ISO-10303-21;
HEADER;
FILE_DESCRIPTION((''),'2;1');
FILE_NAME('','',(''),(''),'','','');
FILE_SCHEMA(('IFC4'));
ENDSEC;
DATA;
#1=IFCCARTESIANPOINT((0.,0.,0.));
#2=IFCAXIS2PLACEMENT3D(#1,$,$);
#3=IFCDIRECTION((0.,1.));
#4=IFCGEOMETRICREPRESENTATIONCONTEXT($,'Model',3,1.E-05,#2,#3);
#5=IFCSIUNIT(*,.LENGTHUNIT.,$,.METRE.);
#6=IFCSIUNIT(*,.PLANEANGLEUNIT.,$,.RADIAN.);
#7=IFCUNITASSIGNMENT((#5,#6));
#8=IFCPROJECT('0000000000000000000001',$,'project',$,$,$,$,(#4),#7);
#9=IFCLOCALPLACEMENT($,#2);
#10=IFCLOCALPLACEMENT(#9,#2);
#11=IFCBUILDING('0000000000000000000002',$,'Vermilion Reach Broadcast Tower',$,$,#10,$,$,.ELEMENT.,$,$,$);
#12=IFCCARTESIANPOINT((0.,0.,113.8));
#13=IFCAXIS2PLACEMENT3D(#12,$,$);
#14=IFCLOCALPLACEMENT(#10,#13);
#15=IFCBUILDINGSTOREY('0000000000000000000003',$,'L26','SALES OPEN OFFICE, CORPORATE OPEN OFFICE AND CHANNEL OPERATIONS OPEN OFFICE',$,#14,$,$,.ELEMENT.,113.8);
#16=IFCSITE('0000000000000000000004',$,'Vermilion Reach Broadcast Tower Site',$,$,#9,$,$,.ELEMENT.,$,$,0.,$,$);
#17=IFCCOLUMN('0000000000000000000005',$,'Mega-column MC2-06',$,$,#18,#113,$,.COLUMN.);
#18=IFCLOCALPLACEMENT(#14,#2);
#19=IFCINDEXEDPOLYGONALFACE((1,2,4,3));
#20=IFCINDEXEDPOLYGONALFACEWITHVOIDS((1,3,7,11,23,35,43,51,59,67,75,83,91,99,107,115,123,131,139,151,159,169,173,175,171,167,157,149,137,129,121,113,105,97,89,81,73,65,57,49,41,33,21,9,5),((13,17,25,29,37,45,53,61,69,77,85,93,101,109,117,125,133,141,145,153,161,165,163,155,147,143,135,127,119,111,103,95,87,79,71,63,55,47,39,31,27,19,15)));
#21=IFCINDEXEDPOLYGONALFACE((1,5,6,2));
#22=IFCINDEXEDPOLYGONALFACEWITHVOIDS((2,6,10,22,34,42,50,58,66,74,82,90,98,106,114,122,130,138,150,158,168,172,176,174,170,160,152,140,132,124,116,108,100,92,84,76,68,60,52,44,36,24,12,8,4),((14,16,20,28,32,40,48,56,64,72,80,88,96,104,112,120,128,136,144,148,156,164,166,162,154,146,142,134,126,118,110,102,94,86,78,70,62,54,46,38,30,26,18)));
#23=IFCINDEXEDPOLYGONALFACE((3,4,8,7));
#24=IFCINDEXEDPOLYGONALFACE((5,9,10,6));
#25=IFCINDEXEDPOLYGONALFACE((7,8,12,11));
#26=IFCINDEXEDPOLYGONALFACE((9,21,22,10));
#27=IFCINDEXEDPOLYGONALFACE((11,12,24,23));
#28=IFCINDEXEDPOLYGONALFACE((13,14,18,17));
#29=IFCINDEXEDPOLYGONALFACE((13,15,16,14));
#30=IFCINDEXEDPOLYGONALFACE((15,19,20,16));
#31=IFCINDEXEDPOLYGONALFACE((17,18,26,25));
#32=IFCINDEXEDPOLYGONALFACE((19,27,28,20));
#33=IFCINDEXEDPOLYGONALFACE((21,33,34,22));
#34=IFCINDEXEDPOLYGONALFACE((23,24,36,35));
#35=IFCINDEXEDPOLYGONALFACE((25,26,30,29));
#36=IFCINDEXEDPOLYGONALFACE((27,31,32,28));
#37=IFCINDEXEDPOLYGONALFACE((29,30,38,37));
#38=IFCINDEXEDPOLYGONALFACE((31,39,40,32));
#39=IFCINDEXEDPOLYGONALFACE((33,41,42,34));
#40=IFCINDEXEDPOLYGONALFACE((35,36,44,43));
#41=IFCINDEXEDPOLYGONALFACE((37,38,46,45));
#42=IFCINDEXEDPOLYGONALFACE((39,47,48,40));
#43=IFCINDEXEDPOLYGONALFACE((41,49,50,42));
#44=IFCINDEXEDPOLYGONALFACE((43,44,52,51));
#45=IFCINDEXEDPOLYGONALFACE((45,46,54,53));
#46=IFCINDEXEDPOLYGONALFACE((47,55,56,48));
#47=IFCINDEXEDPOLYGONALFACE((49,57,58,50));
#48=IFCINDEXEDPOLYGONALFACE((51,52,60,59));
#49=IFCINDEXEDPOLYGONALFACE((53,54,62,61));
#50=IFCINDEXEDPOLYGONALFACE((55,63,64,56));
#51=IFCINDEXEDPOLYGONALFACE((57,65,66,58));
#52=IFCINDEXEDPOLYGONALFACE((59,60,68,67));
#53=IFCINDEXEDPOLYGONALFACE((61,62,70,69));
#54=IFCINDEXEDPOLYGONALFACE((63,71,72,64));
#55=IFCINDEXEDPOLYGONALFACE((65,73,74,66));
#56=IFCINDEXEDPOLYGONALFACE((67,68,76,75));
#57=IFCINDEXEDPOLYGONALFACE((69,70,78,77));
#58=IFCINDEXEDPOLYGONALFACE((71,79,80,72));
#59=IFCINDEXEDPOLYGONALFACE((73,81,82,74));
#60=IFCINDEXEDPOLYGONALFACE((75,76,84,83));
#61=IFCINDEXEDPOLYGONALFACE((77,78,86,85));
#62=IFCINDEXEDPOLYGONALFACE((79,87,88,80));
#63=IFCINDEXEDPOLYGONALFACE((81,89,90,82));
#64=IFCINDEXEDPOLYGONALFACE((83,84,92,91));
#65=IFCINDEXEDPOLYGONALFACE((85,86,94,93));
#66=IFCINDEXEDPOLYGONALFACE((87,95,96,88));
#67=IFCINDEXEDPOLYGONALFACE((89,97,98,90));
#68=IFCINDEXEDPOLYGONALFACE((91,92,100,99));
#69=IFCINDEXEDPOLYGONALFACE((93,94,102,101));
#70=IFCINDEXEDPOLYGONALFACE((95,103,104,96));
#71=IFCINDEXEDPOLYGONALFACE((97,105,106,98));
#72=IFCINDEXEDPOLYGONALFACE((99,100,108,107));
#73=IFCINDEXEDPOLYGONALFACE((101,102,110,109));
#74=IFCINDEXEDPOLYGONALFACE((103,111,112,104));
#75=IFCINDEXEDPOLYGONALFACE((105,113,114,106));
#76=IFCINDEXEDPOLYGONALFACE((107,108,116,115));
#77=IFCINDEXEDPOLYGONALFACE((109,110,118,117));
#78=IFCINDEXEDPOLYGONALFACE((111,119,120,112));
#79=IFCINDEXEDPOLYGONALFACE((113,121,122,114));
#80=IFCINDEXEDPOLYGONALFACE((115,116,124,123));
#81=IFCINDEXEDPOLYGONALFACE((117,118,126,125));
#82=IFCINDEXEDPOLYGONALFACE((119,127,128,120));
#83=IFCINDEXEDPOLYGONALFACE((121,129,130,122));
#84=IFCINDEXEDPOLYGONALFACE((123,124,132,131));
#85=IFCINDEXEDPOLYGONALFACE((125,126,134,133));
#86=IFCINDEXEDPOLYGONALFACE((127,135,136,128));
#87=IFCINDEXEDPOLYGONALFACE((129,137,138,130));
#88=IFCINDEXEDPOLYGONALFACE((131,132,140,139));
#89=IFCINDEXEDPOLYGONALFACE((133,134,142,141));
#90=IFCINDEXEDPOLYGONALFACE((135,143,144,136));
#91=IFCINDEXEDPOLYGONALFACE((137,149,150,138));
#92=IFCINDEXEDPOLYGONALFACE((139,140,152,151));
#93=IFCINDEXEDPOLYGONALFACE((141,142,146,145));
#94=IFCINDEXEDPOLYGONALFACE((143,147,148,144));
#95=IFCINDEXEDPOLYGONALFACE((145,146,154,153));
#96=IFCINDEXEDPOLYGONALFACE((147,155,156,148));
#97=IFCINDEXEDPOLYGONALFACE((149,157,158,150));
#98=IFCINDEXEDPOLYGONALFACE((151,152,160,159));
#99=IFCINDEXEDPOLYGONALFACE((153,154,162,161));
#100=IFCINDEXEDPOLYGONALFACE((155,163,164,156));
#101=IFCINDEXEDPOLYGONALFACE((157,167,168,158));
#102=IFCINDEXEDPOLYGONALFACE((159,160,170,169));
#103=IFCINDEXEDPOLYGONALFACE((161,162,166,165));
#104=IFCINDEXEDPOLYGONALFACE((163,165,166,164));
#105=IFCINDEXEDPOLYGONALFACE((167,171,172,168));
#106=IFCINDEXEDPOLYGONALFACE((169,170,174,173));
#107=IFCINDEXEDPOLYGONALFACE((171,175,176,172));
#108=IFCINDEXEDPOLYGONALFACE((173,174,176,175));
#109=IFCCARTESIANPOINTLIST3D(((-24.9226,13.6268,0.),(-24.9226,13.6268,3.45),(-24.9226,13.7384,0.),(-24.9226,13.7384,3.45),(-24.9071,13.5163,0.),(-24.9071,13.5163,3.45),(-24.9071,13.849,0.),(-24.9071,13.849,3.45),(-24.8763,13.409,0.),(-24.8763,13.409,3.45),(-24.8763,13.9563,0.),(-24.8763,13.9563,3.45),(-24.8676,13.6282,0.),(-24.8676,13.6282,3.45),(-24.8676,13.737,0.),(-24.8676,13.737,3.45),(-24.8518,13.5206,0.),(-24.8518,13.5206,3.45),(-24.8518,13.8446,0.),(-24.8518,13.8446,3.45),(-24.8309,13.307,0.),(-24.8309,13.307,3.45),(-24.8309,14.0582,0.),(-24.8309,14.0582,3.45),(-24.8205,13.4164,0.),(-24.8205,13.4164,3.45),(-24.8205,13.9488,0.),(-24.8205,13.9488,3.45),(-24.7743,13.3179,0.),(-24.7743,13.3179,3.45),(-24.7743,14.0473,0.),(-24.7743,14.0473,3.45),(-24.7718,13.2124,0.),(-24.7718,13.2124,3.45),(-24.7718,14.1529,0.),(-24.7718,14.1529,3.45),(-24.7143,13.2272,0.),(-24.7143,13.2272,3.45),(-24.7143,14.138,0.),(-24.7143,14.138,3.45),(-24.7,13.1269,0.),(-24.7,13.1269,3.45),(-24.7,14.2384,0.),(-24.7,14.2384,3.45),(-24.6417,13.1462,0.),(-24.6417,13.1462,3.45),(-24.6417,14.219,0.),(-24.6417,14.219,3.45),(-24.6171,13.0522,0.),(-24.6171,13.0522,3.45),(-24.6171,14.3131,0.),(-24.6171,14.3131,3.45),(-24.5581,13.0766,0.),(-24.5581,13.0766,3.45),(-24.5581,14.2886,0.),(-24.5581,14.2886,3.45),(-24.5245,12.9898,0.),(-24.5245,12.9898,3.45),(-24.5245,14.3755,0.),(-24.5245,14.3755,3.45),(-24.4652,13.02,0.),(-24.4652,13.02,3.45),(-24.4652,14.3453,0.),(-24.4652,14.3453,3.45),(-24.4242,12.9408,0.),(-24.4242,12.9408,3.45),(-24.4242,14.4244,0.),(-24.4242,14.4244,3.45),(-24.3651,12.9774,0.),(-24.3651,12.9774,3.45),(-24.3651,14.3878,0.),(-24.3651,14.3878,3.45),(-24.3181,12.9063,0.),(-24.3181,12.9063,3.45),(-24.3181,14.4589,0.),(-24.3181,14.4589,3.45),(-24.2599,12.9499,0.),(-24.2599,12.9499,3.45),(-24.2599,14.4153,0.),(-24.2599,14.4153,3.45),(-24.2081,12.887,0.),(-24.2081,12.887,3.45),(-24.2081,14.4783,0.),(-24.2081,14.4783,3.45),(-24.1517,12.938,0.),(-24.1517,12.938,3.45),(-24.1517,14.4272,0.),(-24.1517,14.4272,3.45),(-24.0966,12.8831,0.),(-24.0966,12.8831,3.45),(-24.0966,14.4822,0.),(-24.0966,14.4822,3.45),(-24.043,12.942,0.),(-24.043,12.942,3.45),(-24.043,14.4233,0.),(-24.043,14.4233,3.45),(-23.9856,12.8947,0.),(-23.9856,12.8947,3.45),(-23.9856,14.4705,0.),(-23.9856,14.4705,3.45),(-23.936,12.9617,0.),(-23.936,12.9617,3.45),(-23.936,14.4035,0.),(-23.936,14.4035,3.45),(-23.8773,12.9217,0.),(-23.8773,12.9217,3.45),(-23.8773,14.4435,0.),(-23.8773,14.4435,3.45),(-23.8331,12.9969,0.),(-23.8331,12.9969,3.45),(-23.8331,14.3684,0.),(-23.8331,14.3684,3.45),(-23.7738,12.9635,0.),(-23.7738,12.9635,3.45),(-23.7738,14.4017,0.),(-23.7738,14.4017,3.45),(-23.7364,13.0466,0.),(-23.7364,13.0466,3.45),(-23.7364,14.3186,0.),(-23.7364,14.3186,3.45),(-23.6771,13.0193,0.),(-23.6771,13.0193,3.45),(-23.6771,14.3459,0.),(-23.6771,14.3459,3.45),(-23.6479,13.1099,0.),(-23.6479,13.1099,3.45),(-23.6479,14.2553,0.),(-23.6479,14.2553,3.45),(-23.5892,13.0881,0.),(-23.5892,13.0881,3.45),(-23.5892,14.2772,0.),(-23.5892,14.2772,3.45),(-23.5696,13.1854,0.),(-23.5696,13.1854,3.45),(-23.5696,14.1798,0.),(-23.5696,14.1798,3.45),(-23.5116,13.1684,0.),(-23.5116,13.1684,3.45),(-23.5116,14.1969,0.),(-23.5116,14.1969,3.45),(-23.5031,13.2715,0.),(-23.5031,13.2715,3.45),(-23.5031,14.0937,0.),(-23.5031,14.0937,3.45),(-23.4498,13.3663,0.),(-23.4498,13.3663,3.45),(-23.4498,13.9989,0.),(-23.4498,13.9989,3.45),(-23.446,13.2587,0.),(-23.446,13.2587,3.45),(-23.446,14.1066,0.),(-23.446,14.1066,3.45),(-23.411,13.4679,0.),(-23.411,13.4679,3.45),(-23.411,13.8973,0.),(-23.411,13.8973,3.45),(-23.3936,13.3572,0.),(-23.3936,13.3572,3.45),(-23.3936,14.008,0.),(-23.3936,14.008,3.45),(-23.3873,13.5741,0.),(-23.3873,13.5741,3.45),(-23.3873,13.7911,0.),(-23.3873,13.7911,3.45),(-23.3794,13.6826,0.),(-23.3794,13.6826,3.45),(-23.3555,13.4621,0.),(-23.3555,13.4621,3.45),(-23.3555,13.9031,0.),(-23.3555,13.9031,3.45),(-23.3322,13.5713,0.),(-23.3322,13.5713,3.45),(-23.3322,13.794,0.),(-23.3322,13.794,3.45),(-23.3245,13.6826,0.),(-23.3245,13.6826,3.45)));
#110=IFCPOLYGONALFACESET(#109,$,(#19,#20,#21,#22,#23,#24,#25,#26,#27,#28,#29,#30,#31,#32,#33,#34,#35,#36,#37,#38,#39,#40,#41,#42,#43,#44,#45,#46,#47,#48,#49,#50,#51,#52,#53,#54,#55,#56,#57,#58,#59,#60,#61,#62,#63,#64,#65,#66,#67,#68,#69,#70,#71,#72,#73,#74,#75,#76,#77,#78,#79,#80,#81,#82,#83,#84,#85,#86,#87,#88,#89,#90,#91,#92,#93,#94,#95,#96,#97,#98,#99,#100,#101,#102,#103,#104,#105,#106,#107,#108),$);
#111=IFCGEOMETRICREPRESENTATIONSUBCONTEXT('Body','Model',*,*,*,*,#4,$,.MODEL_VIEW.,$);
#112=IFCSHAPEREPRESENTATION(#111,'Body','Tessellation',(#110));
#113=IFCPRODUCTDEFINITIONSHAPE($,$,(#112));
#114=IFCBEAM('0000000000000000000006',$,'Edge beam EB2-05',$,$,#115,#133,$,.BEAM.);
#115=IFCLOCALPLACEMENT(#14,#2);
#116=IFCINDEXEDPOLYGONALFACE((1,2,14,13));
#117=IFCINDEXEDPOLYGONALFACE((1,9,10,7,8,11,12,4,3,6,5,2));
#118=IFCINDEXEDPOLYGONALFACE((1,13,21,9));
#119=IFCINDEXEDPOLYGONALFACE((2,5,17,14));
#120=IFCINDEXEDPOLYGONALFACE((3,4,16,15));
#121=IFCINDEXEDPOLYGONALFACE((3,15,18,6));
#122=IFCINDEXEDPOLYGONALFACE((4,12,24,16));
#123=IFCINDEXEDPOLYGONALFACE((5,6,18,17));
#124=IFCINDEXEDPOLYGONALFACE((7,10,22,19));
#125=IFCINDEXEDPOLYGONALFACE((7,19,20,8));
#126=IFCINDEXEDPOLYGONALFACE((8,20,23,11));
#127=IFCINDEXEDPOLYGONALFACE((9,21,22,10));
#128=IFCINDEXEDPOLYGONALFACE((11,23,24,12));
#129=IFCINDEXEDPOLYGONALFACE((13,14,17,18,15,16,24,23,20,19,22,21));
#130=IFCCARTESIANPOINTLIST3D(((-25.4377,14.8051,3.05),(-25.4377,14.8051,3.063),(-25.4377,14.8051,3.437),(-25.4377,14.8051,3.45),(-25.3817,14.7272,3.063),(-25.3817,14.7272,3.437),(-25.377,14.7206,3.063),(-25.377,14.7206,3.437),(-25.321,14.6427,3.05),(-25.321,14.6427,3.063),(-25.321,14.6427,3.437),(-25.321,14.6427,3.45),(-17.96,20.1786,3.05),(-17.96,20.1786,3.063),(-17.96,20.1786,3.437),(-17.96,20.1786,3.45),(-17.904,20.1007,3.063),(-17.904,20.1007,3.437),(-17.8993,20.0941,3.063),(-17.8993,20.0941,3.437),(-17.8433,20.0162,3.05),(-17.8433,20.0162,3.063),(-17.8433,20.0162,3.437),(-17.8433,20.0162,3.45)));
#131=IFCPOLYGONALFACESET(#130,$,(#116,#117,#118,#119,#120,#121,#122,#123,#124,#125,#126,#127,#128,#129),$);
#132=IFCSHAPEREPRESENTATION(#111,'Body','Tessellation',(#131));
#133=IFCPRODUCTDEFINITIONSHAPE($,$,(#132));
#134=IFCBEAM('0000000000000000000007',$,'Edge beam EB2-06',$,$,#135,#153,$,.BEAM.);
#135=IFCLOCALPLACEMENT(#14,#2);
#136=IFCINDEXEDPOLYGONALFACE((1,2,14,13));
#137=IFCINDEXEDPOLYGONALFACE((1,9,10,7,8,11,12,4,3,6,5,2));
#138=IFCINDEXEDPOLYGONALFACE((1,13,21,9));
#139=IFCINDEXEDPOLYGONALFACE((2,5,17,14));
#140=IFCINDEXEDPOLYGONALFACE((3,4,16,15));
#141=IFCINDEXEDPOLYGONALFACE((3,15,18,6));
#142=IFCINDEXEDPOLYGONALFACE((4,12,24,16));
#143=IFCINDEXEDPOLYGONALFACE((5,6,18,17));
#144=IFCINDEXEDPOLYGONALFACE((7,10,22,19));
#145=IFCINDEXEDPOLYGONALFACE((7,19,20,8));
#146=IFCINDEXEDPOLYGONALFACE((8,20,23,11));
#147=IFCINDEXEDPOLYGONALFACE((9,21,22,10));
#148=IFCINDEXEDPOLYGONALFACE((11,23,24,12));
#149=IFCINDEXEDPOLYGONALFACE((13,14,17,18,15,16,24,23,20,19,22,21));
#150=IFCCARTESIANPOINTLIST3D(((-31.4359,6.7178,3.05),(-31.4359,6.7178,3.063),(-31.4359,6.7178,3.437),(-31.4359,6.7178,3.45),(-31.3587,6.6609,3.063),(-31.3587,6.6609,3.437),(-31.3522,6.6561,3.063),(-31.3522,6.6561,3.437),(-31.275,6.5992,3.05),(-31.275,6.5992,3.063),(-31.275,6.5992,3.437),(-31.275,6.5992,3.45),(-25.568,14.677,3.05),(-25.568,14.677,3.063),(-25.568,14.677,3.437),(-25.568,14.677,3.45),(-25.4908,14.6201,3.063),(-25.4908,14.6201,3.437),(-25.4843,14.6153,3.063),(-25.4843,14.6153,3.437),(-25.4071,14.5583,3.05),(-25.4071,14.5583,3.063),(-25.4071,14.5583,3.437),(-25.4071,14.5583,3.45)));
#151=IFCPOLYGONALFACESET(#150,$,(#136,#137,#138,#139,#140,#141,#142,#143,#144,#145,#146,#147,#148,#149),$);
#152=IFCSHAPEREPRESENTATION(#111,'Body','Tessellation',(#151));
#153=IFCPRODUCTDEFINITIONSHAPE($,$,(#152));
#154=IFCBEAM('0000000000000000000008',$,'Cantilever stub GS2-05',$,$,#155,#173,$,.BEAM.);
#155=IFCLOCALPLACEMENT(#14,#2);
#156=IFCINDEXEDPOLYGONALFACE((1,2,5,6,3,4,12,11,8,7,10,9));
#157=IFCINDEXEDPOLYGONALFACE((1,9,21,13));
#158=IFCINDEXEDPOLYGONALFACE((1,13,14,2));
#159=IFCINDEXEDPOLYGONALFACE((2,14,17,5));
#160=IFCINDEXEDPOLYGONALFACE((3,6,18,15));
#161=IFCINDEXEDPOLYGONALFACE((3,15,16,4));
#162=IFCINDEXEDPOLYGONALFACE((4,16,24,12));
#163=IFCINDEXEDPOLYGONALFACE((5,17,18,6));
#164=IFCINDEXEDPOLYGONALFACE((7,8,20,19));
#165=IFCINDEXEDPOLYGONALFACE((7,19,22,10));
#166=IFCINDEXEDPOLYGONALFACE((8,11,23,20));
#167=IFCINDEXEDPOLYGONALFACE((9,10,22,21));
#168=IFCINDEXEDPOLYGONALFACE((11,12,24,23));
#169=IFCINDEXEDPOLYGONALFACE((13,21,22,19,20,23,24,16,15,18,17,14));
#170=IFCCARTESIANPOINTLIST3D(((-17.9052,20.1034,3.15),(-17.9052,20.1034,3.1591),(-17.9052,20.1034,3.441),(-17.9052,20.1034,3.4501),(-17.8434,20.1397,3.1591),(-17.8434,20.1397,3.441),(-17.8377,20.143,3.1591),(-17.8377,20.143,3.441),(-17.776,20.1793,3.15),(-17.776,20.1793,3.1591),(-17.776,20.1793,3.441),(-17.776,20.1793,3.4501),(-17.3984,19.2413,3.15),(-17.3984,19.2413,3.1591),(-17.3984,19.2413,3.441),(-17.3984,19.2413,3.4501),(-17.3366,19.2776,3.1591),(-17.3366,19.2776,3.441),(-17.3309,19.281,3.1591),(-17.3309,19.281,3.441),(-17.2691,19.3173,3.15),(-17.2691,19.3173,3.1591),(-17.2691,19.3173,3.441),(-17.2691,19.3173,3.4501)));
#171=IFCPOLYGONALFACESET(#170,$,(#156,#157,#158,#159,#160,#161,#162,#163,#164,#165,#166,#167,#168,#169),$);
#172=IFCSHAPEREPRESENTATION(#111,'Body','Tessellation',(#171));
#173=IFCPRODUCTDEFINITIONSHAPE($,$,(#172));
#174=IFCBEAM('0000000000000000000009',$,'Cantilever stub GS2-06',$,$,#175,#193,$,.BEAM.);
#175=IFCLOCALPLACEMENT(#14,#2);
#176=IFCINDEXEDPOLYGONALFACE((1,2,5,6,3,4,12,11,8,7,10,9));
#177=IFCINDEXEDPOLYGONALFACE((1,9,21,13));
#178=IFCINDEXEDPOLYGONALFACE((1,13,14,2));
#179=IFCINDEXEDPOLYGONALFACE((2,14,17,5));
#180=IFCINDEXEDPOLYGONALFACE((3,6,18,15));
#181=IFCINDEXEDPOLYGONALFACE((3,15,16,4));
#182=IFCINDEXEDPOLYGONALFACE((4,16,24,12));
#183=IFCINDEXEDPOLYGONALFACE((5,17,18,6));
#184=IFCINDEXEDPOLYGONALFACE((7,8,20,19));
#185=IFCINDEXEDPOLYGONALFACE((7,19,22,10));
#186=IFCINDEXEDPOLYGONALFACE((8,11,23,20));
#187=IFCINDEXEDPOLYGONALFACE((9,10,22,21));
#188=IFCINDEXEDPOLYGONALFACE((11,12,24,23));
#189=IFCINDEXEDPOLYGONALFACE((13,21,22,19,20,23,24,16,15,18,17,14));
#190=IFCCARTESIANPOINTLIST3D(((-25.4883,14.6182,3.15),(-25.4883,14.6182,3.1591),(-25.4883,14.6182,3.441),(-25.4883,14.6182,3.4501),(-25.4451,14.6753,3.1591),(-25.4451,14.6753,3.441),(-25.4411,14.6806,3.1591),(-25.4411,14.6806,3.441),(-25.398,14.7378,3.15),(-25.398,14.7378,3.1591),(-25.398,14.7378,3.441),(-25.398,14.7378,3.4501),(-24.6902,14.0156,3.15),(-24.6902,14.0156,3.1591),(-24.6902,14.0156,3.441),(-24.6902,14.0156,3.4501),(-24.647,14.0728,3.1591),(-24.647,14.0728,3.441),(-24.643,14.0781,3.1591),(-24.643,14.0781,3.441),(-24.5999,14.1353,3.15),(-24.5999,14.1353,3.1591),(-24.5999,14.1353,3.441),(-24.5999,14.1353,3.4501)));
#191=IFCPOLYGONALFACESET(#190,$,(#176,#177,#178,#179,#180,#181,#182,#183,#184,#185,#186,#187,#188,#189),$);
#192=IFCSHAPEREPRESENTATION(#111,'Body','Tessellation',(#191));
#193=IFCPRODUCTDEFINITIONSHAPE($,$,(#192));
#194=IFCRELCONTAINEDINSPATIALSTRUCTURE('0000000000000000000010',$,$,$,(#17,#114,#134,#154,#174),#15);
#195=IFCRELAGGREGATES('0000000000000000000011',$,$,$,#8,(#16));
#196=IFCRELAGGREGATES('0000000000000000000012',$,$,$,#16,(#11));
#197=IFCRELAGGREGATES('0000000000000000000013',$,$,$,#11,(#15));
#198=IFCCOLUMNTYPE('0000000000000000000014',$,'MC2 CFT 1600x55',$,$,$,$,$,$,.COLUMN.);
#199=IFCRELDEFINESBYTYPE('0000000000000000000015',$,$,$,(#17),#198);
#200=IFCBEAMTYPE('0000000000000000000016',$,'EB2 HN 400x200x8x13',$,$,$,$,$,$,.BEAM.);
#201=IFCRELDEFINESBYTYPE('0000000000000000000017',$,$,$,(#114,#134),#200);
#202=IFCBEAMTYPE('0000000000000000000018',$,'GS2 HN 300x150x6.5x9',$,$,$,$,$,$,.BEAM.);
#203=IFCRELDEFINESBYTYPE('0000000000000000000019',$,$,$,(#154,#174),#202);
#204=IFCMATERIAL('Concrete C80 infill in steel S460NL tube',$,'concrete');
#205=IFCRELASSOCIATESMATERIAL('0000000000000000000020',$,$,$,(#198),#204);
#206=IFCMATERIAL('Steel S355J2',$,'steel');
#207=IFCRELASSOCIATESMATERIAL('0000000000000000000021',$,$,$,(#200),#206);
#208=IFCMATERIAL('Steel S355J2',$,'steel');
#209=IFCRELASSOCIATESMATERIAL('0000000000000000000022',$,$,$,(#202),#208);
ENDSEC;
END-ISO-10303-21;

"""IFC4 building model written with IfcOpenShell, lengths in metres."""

from ifc_helpers import new_model, si_unit, direction, frame, origin, origin_2d, place, context, subcontext, project, spatial, hollow_circle, i_section, extrude, material, material_profile, profile_set, type_object, element, save


model = new_model("IFC4")

# Units and contexts
model_context = context("Model", 3, precision=1e-05, world=origin(), true_north=direction((0.0, 1.0)))
body_context = subcontext(model_context, "Body", "Model", "MODEL_VIEW")
ifc_project = project(units=[si_unit("LENGTHUNIT", "METRE"), si_unit("PLANEANGLEUNIT", "RADIAN")], contexts=[model_context])

# Site, building, storey
site_placement = place(None, origin())
site = spatial("IfcSite", under=ifc_project, at=site_placement, Name="Vermilion Reach Broadcast Tower Site", CompositionType="ELEMENT", RefElevation=0.0)
building_placement = place(site_placement, origin())
building = spatial("IfcBuilding", under=site, at=building_placement, Name="Vermilion Reach Broadcast Tower", CompositionType="ELEMENT")
storey_placement = place(building_placement, frame((0.0, 0.0, 113.8)))
storey = spatial("IfcBuildingStorey", under=building, at=storey_placement, Name="L26", Description="SALES OPEN OFFICE, CORPORATE OPEN OFFICE AND CHANNEL OPERATIONS OPEN OFFICE", CompositionType="ELEMENT", Elevation=113.8)

# Column
ifc_material_1 = material(Name="Concrete C80 infill in steel S460NL tube", Category="concrete")
ifc_material_profile_1 = material_profile(ifc_material_1, hollow_circle(Radius=0.8, WallThickness=0.0549, at=origin_2d()), Name="Concrete C80 infill in steel S460NL tube CFT 1600x55")
ifc_profile_set_1 = profile_set([ifc_material_profile_1], Name="Concrete C80 infill in steel S460NL tube")
column_type = type_object("IfcColumnType", Name="MC2 CFT 1600x55", PredefinedType="COLUMN", material=ifc_profile_set_1)
column_placement = place(storey_placement, frame((-24.1245, 13.6826, 0.0), z_axis=(0.0, 0.0, 1.0), x_axis=(1.0, 0.0, 0.0)))
element("IfcColumn", 1, at=column_placement, inside=storey, type_object=column_type, Name="Mega-column MC2-06", PredefinedType="COLUMN", context=body_context, shape_type="SweptSolid", body=[
    extrude(hollow_circle(Radius=0.8, WallThickness=0.0549, at=origin_2d()), origin(), (0.0, 0.0, 1.0), 3.45),
])

# Beams
ifc_material_2 = material(Name="Steel S355J2", Category="steel")
ifc_material_profile_2 = material_profile(ifc_material_2, i_section(OverallWidth=0.2, OverallDepth=0.3999, WebThickness=0.0081, FlangeThickness=0.0129, at=origin_2d()), Name="S355J2 HN 400x200x8x13")
ifc_profile_set_2 = profile_set([ifc_material_profile_2], Name="Steel S355J2")
beam_type_1 = type_object("IfcBeamType", Name="EB2 HN 400x200x8x13", PredefinedType="BEAM", material=ifc_profile_set_2)
beam_1_placement = place(storey_placement, frame((-17.9016, 20.0974, 3.25), z_axis=(-0.812073, -0.583556, 0.0), x_axis=(0.583556, -0.812073, 0.0)))
element("IfcBeam", 2, at=beam_1_placement, inside=storey, type_object=beam_type_1, Name="Edge beam EB2-05", PredefinedType="BEAM", context=body_context, shape_type="SweptSolid", body=[
    extrude(i_section(OverallWidth=0.2, OverallDepth=0.3999, WebThickness=0.0081, FlangeThickness=0.0129, at=origin_2d()), origin(), (0.0, 0.0, 1.0), 9.2083),
])
beam_2_placement = place(storey_placement, frame((-25.4875, 14.6177, 3.25), z_axis=(-0.59341, -0.8049, 0.0), x_axis=(0.8049, -0.59341, 0.0)))
element("IfcBeam", 3, at=beam_2_placement, inside=storey, type_object=beam_type_1, Name="Edge beam EB2-06", PredefinedType="BEAM", context=body_context, shape_type="SweptSolid", body=[
    extrude(i_section(OverallWidth=0.2, OverallDepth=0.3999, WebThickness=0.0081, FlangeThickness=0.0129, at=origin_2d()), origin(), (0.0, 0.0, 1.0), 9.8884),
])
ifc_material_3 = material(Name="Steel S355J2", Category="steel")
ifc_material_profile_3 = material_profile(ifc_material_3, i_section(OverallWidth=0.1499, OverallDepth=0.3, WebThickness=0.0066, FlangeThickness=0.009, at=origin_2d()), Name="S355J2 HN 300x150x6.5x9")
ifc_profile_set_3 = profile_set([ifc_material_profile_3], Name="Steel S355J2")
beam_type_2 = type_object("IfcBeamType", Name="GS2 HN 300x150x6.5x9", PredefinedType="BEAM", material=ifc_profile_set_3)
for number, where, z_axis, x_axis, name in (
    (4, (-17.3337, 19.2793, 3.3), (-0.506828, 0.862047, 0.0), (-0.862047, -0.506828, 0.0), "Cantilever stub GS2-05"),
    (5, (-24.645, 14.0754, 3.3), (-0.798092, 0.602536, 0.0), (-0.602536, -0.798092, 0.0), "Cantilever stub GS2-06"),
):
    element("IfcBeam", number, at=place(storey_placement, frame(where, z_axis=z_axis, x_axis=x_axis)), inside=storey, type_object=beam_type_2, Name=name, PredefinedType="BEAM", context=body_context, shape_type="SweptSolid", body=[
        extrude(i_section(OverallWidth=0.1499, OverallDepth=0.3, WebThickness=0.0066, FlangeThickness=0.009, at=origin_2d()), origin(), (0.0, 0.0, 1.0), 1.0),
    ])

save(model, "model.ifc")
